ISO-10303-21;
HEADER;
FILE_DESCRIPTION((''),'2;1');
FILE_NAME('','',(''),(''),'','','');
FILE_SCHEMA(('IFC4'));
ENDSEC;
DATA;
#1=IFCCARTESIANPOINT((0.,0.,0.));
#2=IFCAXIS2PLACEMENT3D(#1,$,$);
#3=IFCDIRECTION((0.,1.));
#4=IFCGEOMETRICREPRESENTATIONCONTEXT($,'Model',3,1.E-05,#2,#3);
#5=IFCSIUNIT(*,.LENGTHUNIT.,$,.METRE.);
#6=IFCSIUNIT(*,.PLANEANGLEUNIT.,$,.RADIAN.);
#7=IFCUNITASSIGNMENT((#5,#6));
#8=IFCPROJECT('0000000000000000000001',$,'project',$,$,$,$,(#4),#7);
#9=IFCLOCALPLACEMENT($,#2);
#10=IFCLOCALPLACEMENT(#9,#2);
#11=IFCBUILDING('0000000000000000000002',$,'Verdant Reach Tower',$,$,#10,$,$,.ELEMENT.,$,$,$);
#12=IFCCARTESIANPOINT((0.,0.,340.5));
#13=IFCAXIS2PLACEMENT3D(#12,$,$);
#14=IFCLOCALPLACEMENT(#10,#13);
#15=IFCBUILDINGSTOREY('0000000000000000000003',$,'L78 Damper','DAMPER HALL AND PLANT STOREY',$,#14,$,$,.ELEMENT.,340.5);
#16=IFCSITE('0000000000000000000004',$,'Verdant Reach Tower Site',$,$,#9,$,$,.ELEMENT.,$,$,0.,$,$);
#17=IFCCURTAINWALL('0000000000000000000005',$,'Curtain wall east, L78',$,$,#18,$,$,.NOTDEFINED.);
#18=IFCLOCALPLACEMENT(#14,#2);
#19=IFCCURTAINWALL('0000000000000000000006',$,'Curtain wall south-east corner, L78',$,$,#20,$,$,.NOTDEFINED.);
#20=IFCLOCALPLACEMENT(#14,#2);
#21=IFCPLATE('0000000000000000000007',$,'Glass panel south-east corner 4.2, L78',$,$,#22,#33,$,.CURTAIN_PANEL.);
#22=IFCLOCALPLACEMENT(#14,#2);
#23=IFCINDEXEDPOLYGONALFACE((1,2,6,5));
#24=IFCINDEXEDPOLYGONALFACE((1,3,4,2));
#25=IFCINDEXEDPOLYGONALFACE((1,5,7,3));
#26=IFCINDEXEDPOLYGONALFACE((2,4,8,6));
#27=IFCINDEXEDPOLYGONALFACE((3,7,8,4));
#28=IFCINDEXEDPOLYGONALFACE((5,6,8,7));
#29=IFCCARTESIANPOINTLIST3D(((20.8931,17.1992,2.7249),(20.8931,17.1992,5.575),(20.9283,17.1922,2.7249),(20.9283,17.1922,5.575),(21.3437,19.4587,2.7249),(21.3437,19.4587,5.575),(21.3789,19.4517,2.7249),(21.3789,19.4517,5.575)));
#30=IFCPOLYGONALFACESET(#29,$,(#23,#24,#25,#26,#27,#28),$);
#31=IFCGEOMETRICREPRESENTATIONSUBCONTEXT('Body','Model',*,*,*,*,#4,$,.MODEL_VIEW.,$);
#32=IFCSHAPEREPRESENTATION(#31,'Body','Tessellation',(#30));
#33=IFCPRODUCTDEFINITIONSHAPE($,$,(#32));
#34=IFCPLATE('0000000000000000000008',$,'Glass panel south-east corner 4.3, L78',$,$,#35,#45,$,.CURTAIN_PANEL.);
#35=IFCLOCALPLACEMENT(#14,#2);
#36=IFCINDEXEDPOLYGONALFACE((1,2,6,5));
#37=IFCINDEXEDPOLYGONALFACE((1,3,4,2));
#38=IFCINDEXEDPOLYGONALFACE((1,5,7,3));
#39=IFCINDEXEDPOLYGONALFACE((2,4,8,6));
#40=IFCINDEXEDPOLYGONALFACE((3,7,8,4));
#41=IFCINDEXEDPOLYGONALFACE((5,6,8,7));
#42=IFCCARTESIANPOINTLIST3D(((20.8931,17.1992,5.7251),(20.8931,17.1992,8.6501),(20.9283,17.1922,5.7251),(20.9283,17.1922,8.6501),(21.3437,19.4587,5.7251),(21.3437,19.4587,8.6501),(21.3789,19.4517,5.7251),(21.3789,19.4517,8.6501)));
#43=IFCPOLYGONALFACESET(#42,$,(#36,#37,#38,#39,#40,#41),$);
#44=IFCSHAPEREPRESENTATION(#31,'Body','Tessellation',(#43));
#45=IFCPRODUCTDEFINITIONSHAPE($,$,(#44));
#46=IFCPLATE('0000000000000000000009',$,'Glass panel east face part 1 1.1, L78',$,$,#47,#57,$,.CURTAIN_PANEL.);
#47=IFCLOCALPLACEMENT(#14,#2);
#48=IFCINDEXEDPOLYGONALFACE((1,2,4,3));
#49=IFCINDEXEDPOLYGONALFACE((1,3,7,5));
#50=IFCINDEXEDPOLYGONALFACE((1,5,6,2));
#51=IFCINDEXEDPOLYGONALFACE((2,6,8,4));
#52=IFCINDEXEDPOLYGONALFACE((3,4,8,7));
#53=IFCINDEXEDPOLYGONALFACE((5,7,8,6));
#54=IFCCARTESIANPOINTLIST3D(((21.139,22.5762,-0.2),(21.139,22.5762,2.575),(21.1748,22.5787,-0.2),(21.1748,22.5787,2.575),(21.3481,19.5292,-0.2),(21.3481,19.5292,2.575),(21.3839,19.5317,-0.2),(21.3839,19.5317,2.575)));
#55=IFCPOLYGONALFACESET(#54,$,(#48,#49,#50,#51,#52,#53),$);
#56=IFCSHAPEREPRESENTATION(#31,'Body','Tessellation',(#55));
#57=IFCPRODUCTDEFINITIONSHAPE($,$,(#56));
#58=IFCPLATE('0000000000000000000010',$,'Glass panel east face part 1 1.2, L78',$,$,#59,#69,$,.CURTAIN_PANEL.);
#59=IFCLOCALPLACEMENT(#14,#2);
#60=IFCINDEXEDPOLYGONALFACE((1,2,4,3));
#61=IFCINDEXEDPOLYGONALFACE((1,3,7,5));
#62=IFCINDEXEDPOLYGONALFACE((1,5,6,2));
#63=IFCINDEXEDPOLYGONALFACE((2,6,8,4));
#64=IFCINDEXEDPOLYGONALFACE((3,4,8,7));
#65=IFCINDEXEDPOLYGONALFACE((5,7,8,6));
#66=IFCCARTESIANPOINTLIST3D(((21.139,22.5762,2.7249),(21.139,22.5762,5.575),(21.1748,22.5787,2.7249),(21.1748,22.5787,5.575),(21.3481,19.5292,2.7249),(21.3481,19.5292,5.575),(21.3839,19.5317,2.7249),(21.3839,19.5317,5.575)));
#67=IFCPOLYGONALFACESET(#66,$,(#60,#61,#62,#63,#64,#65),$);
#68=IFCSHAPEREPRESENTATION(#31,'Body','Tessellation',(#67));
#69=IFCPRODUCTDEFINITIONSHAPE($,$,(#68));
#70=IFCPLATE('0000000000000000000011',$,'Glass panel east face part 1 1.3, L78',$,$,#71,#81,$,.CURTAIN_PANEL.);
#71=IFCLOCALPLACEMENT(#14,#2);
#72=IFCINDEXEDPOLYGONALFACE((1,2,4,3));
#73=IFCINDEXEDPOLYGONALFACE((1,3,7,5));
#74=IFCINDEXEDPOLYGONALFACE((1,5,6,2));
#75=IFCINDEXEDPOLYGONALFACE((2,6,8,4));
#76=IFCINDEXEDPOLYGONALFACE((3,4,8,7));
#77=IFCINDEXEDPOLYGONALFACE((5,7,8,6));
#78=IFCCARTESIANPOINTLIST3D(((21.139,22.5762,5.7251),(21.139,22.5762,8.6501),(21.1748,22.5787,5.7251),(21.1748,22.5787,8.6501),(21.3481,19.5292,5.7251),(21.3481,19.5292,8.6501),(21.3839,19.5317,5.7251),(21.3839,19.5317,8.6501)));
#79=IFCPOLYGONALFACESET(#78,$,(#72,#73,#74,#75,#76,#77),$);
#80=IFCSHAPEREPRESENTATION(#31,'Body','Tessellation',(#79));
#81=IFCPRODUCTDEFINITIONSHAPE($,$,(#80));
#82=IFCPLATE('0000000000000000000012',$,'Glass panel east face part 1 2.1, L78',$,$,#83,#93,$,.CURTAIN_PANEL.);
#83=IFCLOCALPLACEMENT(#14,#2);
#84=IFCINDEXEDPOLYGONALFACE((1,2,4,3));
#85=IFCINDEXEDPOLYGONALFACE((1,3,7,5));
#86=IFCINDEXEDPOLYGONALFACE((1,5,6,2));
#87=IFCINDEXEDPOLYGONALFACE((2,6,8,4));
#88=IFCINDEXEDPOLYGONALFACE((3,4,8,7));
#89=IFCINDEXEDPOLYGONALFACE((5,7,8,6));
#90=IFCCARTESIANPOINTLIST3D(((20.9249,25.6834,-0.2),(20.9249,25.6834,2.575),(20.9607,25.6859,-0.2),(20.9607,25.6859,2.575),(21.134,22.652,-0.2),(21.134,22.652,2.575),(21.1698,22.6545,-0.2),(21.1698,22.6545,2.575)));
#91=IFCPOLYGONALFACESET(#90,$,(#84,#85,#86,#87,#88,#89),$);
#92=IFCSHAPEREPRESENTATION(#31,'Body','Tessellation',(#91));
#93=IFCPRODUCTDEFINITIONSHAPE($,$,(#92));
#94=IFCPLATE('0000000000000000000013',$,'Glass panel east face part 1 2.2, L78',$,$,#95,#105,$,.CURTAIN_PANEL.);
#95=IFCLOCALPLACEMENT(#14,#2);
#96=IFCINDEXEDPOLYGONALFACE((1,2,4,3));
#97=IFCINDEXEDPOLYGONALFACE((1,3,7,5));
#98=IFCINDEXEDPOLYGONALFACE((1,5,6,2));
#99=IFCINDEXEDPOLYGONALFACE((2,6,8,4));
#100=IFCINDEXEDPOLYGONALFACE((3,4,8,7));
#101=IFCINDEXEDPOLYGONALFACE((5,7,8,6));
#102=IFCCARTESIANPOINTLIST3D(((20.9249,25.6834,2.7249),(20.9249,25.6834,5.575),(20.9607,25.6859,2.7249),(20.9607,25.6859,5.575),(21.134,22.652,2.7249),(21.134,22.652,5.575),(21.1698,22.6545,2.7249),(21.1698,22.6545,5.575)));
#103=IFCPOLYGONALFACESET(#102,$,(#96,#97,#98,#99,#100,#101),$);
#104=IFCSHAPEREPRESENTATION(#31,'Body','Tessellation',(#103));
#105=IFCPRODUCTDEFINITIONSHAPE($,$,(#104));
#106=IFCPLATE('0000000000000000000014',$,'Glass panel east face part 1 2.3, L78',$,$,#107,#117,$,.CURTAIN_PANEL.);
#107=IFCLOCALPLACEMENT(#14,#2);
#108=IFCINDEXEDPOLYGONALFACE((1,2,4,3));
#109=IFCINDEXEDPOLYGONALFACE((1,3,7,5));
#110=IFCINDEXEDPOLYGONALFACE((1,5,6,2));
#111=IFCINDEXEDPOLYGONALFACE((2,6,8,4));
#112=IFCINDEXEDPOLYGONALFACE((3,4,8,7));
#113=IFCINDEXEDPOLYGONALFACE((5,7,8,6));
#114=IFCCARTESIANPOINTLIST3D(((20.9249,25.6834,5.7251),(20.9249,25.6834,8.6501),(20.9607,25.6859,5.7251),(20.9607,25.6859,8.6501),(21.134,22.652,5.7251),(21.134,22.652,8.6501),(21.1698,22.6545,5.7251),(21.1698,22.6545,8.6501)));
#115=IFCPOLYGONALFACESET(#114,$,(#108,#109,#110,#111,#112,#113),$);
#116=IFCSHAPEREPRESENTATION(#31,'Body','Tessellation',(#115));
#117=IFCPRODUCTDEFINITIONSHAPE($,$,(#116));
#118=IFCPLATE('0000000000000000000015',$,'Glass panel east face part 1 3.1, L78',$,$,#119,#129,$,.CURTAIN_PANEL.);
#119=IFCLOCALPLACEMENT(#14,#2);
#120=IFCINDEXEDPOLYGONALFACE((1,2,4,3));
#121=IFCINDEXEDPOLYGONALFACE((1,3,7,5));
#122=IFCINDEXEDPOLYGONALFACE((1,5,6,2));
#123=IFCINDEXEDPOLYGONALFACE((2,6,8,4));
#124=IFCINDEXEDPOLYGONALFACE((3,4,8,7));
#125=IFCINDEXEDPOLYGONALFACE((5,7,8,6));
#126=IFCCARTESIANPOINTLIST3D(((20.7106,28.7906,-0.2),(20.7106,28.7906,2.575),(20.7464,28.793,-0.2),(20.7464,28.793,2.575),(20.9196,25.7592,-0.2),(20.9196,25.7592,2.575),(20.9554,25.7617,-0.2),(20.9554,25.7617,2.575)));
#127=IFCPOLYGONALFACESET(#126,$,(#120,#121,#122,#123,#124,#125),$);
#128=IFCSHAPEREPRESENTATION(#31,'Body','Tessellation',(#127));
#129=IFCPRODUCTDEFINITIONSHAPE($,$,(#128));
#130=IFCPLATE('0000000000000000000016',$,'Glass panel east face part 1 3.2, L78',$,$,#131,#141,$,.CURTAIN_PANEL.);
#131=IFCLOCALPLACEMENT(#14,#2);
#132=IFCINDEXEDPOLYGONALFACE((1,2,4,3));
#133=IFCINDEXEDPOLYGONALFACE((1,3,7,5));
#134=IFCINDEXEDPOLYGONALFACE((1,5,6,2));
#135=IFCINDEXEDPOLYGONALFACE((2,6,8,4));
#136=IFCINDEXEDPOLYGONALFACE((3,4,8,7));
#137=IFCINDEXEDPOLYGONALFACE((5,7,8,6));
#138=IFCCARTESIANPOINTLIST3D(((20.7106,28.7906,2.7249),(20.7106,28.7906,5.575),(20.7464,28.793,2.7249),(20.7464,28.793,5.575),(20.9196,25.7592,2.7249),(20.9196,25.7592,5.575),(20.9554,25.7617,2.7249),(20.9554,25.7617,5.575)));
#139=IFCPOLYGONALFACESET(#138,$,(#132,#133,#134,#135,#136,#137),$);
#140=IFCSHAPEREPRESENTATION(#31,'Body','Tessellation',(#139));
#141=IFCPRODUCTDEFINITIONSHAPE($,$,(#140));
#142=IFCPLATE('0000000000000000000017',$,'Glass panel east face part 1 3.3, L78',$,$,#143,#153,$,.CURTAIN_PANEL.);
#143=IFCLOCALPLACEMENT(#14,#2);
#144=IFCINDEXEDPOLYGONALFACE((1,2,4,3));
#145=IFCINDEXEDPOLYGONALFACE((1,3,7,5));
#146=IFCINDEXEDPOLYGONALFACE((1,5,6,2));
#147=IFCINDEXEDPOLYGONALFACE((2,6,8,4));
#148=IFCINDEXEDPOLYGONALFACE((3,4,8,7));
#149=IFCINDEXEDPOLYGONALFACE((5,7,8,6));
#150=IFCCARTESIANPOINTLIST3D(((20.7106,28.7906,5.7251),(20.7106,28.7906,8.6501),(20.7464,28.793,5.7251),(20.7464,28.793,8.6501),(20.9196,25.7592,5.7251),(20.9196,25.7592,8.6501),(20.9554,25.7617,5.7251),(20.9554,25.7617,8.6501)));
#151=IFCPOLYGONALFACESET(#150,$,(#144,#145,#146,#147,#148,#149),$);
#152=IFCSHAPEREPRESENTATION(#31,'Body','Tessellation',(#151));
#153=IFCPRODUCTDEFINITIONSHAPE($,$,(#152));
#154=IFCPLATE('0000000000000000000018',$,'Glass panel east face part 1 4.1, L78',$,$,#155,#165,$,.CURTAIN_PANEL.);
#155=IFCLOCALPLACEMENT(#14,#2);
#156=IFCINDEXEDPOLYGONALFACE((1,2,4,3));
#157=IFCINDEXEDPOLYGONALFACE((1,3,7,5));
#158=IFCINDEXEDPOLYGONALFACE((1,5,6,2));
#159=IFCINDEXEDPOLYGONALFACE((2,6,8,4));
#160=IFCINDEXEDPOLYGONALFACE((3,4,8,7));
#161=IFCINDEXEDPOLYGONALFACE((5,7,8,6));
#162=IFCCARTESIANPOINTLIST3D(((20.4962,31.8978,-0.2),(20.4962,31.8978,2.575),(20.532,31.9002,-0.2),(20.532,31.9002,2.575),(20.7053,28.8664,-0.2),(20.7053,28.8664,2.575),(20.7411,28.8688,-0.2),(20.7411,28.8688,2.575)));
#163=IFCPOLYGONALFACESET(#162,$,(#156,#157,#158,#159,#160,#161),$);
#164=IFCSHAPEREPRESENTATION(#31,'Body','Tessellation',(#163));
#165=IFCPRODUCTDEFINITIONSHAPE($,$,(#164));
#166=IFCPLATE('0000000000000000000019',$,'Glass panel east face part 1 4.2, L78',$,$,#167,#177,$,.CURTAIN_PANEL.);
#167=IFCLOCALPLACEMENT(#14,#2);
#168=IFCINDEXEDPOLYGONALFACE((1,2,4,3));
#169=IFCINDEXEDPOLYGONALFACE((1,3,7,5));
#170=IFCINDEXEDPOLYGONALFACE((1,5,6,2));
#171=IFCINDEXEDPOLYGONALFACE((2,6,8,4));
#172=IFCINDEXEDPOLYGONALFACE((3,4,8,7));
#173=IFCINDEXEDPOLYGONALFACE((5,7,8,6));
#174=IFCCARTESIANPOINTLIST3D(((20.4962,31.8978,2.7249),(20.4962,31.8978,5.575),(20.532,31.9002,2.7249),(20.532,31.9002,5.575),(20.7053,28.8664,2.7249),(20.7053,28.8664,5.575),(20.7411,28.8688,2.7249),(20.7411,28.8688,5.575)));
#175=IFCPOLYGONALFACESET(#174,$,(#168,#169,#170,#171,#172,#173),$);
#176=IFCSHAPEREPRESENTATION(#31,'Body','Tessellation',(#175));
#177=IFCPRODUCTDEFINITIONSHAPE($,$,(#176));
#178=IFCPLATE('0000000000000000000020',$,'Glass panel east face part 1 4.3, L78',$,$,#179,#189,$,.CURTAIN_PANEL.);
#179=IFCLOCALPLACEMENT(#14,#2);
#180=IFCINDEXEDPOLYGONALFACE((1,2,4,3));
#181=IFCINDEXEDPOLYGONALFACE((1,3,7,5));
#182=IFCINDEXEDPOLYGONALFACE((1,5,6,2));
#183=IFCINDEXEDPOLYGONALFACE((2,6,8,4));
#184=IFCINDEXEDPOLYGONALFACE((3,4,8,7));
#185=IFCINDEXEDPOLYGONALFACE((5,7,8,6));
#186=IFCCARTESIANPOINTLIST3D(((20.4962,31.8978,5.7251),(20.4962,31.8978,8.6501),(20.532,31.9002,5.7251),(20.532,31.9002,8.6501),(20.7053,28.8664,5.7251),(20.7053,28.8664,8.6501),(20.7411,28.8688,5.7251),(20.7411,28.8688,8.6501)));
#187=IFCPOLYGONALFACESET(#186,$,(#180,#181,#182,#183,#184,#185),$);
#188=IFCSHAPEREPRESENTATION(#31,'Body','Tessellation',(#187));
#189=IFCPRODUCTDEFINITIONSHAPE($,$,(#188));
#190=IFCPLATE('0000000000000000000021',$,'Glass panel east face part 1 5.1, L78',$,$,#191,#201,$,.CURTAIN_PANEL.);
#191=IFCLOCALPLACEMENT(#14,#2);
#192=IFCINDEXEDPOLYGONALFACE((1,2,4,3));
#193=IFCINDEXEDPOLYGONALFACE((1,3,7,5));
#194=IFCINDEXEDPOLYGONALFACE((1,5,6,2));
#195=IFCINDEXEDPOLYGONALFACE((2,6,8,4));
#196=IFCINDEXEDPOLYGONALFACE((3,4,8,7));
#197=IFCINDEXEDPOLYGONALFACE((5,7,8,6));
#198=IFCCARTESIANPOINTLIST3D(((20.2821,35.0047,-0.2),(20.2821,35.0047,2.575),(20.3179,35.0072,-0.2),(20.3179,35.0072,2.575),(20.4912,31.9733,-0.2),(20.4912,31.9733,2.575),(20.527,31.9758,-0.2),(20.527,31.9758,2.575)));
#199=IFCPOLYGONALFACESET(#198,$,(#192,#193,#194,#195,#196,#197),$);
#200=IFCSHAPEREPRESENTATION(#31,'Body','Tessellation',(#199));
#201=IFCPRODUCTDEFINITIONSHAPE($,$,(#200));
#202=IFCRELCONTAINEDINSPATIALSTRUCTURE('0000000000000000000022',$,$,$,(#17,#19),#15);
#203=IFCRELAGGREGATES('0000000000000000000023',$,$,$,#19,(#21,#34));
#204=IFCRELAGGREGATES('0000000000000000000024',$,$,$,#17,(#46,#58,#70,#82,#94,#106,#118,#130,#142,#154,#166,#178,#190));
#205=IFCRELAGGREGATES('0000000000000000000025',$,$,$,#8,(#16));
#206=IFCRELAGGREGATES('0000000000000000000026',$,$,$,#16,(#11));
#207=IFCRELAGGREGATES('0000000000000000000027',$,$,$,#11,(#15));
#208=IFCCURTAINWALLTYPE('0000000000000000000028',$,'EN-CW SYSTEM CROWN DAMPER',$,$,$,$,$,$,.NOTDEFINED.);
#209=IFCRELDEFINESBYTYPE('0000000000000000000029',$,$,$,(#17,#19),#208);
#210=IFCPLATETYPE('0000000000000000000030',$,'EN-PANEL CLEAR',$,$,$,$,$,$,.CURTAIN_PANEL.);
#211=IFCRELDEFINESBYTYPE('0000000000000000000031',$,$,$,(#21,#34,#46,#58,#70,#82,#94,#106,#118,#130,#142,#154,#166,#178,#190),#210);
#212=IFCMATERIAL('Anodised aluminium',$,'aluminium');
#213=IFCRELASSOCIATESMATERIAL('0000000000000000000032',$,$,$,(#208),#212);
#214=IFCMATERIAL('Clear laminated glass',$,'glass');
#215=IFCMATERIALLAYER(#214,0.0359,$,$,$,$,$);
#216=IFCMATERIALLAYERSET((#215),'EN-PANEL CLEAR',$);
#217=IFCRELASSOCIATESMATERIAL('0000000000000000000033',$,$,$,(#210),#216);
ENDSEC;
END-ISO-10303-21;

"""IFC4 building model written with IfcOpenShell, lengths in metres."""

from ifc_helpers import new_model, si_unit, direction, frame, origin, origin_2d, place, context, subcontext, project, spatial, rectangle, extrude, material, layer, layer_set, type_object, element, aggregate, save


model = new_model("IFC4")

# Units and contexts
model_context = context("Model", 3, precision=1e-05, world=origin(), true_north=direction((0.0, 1.0)))
body_context = subcontext(model_context, "Body", "Model", "MODEL_VIEW")
ifc_project = project(units=[si_unit("LENGTHUNIT", "METRE"), si_unit("PLANEANGLEUNIT", "RADIAN")], contexts=[model_context])

# Site, building, storey
site_placement = place(None, origin())
site = spatial("IfcSite", under=ifc_project, at=site_placement, Name="Verdant Reach Tower Site", CompositionType="ELEMENT", RefElevation=0.0)
building_placement = place(site_placement, origin())
building = spatial("IfcBuilding", under=site, at=building_placement, Name="Verdant Reach Tower", CompositionType="ELEMENT")
storey_placement = place(building_placement, frame((0.0, 0.0, 340.5)))
storey = spatial("IfcBuildingStorey", under=building, at=storey_placement, Name="L78 Damper", Description="DAMPER HALL AND PLANT STOREY", CompositionType="ELEMENT", Elevation=340.5)

# Curtain wall
ifc_material_1 = material(Name="Anodised aluminium", Category="aluminium")
curtain_wall_type = type_object("IfcCurtainWallType", Name="EN-CW SYSTEM CROWN DAMPER", PredefinedType="NOTDEFINED", material=ifc_material_1)
curtain_wall_1_placement = place(storey_placement, origin())
curtain_wall_1 = element("IfcCurtainWall", 1, at=curtain_wall_1_placement, inside=storey, type_object=curtain_wall_type, Name="Curtain wall east, L78", PredefinedType="NOTDEFINED")

# Curtain wall, plates
curtain_wall_2_placement = place(storey_placement, origin())
curtain_wall_2 = element("IfcCurtainWall", 2, at=curtain_wall_2_placement, inside=storey, type_object=curtain_wall_type, Name="Curtain wall south-east corner, L78", PredefinedType="NOTDEFINED")
ifc_material_2 = material(Name="Clear laminated glass", Category="glass")
ifc_layer_1 = layer(ifc_material_2, 0.0359)
ifc_layer_set_1 = layer_set([ifc_layer_1], Name="EN-PANEL CLEAR")
plate_type = type_object("IfcPlateType", Name="EN-PANEL CLEAR", PredefinedType="CURTAIN_PANEL", material=ifc_layer_set_1)
plate_1_placement = place(storey_placement, frame((21.136, 18.3254, 2.7249), z_axis=(0.0, 0.0, 1.0), x_axis=(0.195593, 0.980685, 0.0)))
plate_1 = element("IfcPlate", 3, at=plate_1_placement, type_object=plate_type, Name="Glass panel south-east corner 4.2, L78", PredefinedType="CURTAIN_PANEL", context=body_context, shape_type="SweptSolid", body=[
    extrude(rectangle(XDim=2.304, YDim=0.0359, at=origin_2d()), origin(), (0.0, 0.0, 1.0), 2.8501),
])
plate_2_placement = place(storey_placement, frame((21.136, 18.3254, 5.7251), z_axis=(0.0, 0.0, 1.0), x_axis=(0.195593, 0.980685, 0.0)))
plate_2 = element("IfcPlate", 4, at=plate_2_placement, type_object=plate_type, Name="Glass panel south-east corner 4.3, L78", PredefinedType="CURTAIN_PANEL", context=body_context, shape_type="SweptSolid", body=[
    extrude(rectangle(XDim=2.304, YDim=0.0359, at=origin_2d()), origin(), (0.0, 0.0, 1.0), 2.925),
])
aggregate(curtain_wall_2, [plate_1, plate_2])

# Plates
plate_3_placement = place(storey_placement, frame((21.2615, 21.054, -0.2), z_axis=(0.0, 0.0, 1.0), x_axis=(-0.068469, 0.997653, 0.0)))
plate_3 = element("IfcPlate", 5, at=plate_3_placement, type_object=plate_type, Name="Glass panel east face part 1 1.1, L78", PredefinedType="CURTAIN_PANEL", context=body_context, shape_type="SweptSolid", body=[
    extrude(rectangle(XDim=3.0542, YDim=0.0359, at=origin_2d()), origin(), (0.0, 0.0, 1.0), 2.7749),
])
plate_4_placement = place(storey_placement, frame((21.2615, 21.054, 2.7249), z_axis=(0.0, 0.0, 1.0), x_axis=(-0.068469, 0.997653, 0.0)))
plate_4 = element("IfcPlate", 6, at=plate_4_placement, type_object=plate_type, Name="Glass panel east face part 1 1.2, L78", PredefinedType="CURTAIN_PANEL", context=body_context, shape_type="SweptSolid", body=[
    extrude(rectangle(XDim=3.0542, YDim=0.0359, at=origin_2d()), origin(), (0.0, 0.0, 1.0), 2.8501),
])
plate_5_placement = place(storey_placement, frame((21.2615, 21.054, 5.7251), z_axis=(0.0, 0.0, 1.0), x_axis=(-0.068469, 0.997653, 0.0)))
plate_5 = element("IfcPlate", 7, at=plate_5_placement, type_object=plate_type, Name="Glass panel east face part 1 1.3, L78", PredefinedType="CURTAIN_PANEL", context=body_context, shape_type="SweptSolid", body=[
    extrude(rectangle(XDim=3.0542, YDim=0.0359, at=origin_2d()), origin(), (0.0, 0.0, 1.0), 2.925),
])
plate_6_placement = place(storey_placement, frame((21.0474, 24.1689, -0.2), z_axis=(0.0, 0.0, 1.0), x_axis=(-0.068802, 0.99763, 0.0)))
plate_6 = element("IfcPlate", 8, at=plate_6_placement, type_object=plate_type, Name="Glass panel east face part 1 2.1, L78", PredefinedType="CURTAIN_PANEL", context=body_context, shape_type="SweptSolid", body=[
    extrude(rectangle(XDim=3.0386, YDim=0.0359, at=origin_2d()), origin(), (0.0, 0.0, 1.0), 2.7749),
])
plate_7_placement = place(storey_placement, frame((21.0474, 24.1689, 2.7249), z_axis=(0.0, 0.0, 1.0), x_axis=(-0.068802, 0.99763, 0.0)))
plate_7 = element("IfcPlate", 9, at=plate_7_placement, type_object=plate_type, Name="Glass panel east face part 1 2.2, L78", PredefinedType="CURTAIN_PANEL", context=body_context, shape_type="SweptSolid", body=[
    extrude(rectangle(XDim=3.0386, YDim=0.0359, at=origin_2d()), origin(), (0.0, 0.0, 1.0), 2.8501),
])
plate_8_placement = place(storey_placement, frame((21.0474, 24.1689, 5.7251), z_axis=(0.0, 0.0, 1.0), x_axis=(-0.068802, 0.99763, 0.0)))
plate_8 = element("IfcPlate", 10, at=plate_8_placement, type_object=plate_type, Name="Glass panel east face part 1 2.3, L78", PredefinedType="CURTAIN_PANEL", context=body_context, shape_type="SweptSolid", body=[
    extrude(rectangle(XDim=3.0386, YDim=0.0359, at=origin_2d()), origin(), (0.0, 0.0, 1.0), 2.925),
])
plate_9_placement = place(storey_placement, frame((20.833, 27.2761, -0.2), z_axis=(0.0, 0.0, 1.0), x_axis=(-0.068802, 0.99763, 0.0)))
plate_9 = element("IfcPlate", 11, at=plate_9_placement, type_object=plate_type, Name="Glass panel east face part 1 3.1, L78", PredefinedType="CURTAIN_PANEL", context=body_context, shape_type="SweptSolid", body=[
    extrude(rectangle(XDim=3.0386, YDim=0.0359, at=origin_2d()), origin(), (0.0, 0.0, 1.0), 2.7749),
])
plate_10_placement = place(storey_placement, frame((20.833, 27.2761, 2.7249), z_axis=(0.0, 0.0, 1.0), x_axis=(-0.068802, 0.99763, 0.0)))
plate_10 = element("IfcPlate", 12, at=plate_10_placement, type_object=plate_type, Name="Glass panel east face part 1 3.2, L78", PredefinedType="CURTAIN_PANEL", context=body_context, shape_type="SweptSolid", body=[
    extrude(rectangle(XDim=3.0386, YDim=0.0359, at=origin_2d()), origin(), (0.0, 0.0, 1.0), 2.8501),
])
plate_11_placement = place(storey_placement, frame((20.833, 27.2761, 5.7251), z_axis=(0.0, 0.0, 1.0), x_axis=(-0.068802, 0.99763, 0.0)))
plate_11 = element("IfcPlate", 13, at=plate_11_placement, type_object=plate_type, Name="Glass panel east face part 1 3.3, L78", PredefinedType="CURTAIN_PANEL", context=body_context, shape_type="SweptSolid", body=[
    extrude(rectangle(XDim=3.0386, YDim=0.0359, at=origin_2d()), origin(), (0.0, 0.0, 1.0), 2.925),
])
plate_12_placement = place(storey_placement, frame((20.6187, 30.3833, -0.2), z_axis=(0.0, 0.0, 1.0), x_axis=(-0.068802, 0.99763, 0.0)))
plate_12 = element("IfcPlate", 14, at=plate_12_placement, type_object=plate_type, Name="Glass panel east face part 1 4.1, L78", PredefinedType="CURTAIN_PANEL", context=body_context, shape_type="SweptSolid", body=[
    extrude(rectangle(XDim=3.0386, YDim=0.0359, at=origin_2d()), origin(), (0.0, 0.0, 1.0), 2.7749),
])
plate_13_placement = place(storey_placement, frame((20.6187, 30.3833, 2.7249), z_axis=(0.0, 0.0, 1.0), x_axis=(-0.068802, 0.99763, 0.0)))
plate_13 = element("IfcPlate", 15, at=plate_13_placement, type_object=plate_type, Name="Glass panel east face part 1 4.2, L78", PredefinedType="CURTAIN_PANEL", context=body_context, shape_type="SweptSolid", body=[
    extrude(rectangle(XDim=3.0386, YDim=0.0359, at=origin_2d()), origin(), (0.0, 0.0, 1.0), 2.8501),
])
plate_14_placement = place(storey_placement, frame((20.6187, 30.3833, 5.7251), z_axis=(0.0, 0.0, 1.0), x_axis=(-0.068802, 0.99763, 0.0)))
plate_14 = element("IfcPlate", 16, at=plate_14_placement, type_object=plate_type, Name="Glass panel east face part 1 4.3, L78", PredefinedType="CURTAIN_PANEL", context=body_context, shape_type="SweptSolid", body=[
    extrude(rectangle(XDim=3.0386, YDim=0.0359, at=origin_2d()), origin(), (0.0, 0.0, 1.0), 2.925),
])
plate_15_placement = place(storey_placement, frame((20.4045, 33.4902, -0.2), z_axis=(0.0, 0.0, 1.0), x_axis=(-0.068802, 0.99763, 0.0)))
plate_15 = element("IfcPlate", 17, at=plate_15_placement, type_object=plate_type, Name="Glass panel east face part 1 5.1, L78", PredefinedType="CURTAIN_PANEL", context=body_context, shape_type="SweptSolid", body=[
    extrude(rectangle(XDim=3.0386, YDim=0.0359, at=origin_2d()), origin(), (0.0, 0.0, 1.0), 2.7749),
])
aggregate(curtain_wall_1, [plate_3, plate_4, plate_5, plate_6, plate_7, plate_8, plate_9, plate_10, plate_11, plate_12, plate_13, plate_14, plate_15])

save(model, "model.ifc")
